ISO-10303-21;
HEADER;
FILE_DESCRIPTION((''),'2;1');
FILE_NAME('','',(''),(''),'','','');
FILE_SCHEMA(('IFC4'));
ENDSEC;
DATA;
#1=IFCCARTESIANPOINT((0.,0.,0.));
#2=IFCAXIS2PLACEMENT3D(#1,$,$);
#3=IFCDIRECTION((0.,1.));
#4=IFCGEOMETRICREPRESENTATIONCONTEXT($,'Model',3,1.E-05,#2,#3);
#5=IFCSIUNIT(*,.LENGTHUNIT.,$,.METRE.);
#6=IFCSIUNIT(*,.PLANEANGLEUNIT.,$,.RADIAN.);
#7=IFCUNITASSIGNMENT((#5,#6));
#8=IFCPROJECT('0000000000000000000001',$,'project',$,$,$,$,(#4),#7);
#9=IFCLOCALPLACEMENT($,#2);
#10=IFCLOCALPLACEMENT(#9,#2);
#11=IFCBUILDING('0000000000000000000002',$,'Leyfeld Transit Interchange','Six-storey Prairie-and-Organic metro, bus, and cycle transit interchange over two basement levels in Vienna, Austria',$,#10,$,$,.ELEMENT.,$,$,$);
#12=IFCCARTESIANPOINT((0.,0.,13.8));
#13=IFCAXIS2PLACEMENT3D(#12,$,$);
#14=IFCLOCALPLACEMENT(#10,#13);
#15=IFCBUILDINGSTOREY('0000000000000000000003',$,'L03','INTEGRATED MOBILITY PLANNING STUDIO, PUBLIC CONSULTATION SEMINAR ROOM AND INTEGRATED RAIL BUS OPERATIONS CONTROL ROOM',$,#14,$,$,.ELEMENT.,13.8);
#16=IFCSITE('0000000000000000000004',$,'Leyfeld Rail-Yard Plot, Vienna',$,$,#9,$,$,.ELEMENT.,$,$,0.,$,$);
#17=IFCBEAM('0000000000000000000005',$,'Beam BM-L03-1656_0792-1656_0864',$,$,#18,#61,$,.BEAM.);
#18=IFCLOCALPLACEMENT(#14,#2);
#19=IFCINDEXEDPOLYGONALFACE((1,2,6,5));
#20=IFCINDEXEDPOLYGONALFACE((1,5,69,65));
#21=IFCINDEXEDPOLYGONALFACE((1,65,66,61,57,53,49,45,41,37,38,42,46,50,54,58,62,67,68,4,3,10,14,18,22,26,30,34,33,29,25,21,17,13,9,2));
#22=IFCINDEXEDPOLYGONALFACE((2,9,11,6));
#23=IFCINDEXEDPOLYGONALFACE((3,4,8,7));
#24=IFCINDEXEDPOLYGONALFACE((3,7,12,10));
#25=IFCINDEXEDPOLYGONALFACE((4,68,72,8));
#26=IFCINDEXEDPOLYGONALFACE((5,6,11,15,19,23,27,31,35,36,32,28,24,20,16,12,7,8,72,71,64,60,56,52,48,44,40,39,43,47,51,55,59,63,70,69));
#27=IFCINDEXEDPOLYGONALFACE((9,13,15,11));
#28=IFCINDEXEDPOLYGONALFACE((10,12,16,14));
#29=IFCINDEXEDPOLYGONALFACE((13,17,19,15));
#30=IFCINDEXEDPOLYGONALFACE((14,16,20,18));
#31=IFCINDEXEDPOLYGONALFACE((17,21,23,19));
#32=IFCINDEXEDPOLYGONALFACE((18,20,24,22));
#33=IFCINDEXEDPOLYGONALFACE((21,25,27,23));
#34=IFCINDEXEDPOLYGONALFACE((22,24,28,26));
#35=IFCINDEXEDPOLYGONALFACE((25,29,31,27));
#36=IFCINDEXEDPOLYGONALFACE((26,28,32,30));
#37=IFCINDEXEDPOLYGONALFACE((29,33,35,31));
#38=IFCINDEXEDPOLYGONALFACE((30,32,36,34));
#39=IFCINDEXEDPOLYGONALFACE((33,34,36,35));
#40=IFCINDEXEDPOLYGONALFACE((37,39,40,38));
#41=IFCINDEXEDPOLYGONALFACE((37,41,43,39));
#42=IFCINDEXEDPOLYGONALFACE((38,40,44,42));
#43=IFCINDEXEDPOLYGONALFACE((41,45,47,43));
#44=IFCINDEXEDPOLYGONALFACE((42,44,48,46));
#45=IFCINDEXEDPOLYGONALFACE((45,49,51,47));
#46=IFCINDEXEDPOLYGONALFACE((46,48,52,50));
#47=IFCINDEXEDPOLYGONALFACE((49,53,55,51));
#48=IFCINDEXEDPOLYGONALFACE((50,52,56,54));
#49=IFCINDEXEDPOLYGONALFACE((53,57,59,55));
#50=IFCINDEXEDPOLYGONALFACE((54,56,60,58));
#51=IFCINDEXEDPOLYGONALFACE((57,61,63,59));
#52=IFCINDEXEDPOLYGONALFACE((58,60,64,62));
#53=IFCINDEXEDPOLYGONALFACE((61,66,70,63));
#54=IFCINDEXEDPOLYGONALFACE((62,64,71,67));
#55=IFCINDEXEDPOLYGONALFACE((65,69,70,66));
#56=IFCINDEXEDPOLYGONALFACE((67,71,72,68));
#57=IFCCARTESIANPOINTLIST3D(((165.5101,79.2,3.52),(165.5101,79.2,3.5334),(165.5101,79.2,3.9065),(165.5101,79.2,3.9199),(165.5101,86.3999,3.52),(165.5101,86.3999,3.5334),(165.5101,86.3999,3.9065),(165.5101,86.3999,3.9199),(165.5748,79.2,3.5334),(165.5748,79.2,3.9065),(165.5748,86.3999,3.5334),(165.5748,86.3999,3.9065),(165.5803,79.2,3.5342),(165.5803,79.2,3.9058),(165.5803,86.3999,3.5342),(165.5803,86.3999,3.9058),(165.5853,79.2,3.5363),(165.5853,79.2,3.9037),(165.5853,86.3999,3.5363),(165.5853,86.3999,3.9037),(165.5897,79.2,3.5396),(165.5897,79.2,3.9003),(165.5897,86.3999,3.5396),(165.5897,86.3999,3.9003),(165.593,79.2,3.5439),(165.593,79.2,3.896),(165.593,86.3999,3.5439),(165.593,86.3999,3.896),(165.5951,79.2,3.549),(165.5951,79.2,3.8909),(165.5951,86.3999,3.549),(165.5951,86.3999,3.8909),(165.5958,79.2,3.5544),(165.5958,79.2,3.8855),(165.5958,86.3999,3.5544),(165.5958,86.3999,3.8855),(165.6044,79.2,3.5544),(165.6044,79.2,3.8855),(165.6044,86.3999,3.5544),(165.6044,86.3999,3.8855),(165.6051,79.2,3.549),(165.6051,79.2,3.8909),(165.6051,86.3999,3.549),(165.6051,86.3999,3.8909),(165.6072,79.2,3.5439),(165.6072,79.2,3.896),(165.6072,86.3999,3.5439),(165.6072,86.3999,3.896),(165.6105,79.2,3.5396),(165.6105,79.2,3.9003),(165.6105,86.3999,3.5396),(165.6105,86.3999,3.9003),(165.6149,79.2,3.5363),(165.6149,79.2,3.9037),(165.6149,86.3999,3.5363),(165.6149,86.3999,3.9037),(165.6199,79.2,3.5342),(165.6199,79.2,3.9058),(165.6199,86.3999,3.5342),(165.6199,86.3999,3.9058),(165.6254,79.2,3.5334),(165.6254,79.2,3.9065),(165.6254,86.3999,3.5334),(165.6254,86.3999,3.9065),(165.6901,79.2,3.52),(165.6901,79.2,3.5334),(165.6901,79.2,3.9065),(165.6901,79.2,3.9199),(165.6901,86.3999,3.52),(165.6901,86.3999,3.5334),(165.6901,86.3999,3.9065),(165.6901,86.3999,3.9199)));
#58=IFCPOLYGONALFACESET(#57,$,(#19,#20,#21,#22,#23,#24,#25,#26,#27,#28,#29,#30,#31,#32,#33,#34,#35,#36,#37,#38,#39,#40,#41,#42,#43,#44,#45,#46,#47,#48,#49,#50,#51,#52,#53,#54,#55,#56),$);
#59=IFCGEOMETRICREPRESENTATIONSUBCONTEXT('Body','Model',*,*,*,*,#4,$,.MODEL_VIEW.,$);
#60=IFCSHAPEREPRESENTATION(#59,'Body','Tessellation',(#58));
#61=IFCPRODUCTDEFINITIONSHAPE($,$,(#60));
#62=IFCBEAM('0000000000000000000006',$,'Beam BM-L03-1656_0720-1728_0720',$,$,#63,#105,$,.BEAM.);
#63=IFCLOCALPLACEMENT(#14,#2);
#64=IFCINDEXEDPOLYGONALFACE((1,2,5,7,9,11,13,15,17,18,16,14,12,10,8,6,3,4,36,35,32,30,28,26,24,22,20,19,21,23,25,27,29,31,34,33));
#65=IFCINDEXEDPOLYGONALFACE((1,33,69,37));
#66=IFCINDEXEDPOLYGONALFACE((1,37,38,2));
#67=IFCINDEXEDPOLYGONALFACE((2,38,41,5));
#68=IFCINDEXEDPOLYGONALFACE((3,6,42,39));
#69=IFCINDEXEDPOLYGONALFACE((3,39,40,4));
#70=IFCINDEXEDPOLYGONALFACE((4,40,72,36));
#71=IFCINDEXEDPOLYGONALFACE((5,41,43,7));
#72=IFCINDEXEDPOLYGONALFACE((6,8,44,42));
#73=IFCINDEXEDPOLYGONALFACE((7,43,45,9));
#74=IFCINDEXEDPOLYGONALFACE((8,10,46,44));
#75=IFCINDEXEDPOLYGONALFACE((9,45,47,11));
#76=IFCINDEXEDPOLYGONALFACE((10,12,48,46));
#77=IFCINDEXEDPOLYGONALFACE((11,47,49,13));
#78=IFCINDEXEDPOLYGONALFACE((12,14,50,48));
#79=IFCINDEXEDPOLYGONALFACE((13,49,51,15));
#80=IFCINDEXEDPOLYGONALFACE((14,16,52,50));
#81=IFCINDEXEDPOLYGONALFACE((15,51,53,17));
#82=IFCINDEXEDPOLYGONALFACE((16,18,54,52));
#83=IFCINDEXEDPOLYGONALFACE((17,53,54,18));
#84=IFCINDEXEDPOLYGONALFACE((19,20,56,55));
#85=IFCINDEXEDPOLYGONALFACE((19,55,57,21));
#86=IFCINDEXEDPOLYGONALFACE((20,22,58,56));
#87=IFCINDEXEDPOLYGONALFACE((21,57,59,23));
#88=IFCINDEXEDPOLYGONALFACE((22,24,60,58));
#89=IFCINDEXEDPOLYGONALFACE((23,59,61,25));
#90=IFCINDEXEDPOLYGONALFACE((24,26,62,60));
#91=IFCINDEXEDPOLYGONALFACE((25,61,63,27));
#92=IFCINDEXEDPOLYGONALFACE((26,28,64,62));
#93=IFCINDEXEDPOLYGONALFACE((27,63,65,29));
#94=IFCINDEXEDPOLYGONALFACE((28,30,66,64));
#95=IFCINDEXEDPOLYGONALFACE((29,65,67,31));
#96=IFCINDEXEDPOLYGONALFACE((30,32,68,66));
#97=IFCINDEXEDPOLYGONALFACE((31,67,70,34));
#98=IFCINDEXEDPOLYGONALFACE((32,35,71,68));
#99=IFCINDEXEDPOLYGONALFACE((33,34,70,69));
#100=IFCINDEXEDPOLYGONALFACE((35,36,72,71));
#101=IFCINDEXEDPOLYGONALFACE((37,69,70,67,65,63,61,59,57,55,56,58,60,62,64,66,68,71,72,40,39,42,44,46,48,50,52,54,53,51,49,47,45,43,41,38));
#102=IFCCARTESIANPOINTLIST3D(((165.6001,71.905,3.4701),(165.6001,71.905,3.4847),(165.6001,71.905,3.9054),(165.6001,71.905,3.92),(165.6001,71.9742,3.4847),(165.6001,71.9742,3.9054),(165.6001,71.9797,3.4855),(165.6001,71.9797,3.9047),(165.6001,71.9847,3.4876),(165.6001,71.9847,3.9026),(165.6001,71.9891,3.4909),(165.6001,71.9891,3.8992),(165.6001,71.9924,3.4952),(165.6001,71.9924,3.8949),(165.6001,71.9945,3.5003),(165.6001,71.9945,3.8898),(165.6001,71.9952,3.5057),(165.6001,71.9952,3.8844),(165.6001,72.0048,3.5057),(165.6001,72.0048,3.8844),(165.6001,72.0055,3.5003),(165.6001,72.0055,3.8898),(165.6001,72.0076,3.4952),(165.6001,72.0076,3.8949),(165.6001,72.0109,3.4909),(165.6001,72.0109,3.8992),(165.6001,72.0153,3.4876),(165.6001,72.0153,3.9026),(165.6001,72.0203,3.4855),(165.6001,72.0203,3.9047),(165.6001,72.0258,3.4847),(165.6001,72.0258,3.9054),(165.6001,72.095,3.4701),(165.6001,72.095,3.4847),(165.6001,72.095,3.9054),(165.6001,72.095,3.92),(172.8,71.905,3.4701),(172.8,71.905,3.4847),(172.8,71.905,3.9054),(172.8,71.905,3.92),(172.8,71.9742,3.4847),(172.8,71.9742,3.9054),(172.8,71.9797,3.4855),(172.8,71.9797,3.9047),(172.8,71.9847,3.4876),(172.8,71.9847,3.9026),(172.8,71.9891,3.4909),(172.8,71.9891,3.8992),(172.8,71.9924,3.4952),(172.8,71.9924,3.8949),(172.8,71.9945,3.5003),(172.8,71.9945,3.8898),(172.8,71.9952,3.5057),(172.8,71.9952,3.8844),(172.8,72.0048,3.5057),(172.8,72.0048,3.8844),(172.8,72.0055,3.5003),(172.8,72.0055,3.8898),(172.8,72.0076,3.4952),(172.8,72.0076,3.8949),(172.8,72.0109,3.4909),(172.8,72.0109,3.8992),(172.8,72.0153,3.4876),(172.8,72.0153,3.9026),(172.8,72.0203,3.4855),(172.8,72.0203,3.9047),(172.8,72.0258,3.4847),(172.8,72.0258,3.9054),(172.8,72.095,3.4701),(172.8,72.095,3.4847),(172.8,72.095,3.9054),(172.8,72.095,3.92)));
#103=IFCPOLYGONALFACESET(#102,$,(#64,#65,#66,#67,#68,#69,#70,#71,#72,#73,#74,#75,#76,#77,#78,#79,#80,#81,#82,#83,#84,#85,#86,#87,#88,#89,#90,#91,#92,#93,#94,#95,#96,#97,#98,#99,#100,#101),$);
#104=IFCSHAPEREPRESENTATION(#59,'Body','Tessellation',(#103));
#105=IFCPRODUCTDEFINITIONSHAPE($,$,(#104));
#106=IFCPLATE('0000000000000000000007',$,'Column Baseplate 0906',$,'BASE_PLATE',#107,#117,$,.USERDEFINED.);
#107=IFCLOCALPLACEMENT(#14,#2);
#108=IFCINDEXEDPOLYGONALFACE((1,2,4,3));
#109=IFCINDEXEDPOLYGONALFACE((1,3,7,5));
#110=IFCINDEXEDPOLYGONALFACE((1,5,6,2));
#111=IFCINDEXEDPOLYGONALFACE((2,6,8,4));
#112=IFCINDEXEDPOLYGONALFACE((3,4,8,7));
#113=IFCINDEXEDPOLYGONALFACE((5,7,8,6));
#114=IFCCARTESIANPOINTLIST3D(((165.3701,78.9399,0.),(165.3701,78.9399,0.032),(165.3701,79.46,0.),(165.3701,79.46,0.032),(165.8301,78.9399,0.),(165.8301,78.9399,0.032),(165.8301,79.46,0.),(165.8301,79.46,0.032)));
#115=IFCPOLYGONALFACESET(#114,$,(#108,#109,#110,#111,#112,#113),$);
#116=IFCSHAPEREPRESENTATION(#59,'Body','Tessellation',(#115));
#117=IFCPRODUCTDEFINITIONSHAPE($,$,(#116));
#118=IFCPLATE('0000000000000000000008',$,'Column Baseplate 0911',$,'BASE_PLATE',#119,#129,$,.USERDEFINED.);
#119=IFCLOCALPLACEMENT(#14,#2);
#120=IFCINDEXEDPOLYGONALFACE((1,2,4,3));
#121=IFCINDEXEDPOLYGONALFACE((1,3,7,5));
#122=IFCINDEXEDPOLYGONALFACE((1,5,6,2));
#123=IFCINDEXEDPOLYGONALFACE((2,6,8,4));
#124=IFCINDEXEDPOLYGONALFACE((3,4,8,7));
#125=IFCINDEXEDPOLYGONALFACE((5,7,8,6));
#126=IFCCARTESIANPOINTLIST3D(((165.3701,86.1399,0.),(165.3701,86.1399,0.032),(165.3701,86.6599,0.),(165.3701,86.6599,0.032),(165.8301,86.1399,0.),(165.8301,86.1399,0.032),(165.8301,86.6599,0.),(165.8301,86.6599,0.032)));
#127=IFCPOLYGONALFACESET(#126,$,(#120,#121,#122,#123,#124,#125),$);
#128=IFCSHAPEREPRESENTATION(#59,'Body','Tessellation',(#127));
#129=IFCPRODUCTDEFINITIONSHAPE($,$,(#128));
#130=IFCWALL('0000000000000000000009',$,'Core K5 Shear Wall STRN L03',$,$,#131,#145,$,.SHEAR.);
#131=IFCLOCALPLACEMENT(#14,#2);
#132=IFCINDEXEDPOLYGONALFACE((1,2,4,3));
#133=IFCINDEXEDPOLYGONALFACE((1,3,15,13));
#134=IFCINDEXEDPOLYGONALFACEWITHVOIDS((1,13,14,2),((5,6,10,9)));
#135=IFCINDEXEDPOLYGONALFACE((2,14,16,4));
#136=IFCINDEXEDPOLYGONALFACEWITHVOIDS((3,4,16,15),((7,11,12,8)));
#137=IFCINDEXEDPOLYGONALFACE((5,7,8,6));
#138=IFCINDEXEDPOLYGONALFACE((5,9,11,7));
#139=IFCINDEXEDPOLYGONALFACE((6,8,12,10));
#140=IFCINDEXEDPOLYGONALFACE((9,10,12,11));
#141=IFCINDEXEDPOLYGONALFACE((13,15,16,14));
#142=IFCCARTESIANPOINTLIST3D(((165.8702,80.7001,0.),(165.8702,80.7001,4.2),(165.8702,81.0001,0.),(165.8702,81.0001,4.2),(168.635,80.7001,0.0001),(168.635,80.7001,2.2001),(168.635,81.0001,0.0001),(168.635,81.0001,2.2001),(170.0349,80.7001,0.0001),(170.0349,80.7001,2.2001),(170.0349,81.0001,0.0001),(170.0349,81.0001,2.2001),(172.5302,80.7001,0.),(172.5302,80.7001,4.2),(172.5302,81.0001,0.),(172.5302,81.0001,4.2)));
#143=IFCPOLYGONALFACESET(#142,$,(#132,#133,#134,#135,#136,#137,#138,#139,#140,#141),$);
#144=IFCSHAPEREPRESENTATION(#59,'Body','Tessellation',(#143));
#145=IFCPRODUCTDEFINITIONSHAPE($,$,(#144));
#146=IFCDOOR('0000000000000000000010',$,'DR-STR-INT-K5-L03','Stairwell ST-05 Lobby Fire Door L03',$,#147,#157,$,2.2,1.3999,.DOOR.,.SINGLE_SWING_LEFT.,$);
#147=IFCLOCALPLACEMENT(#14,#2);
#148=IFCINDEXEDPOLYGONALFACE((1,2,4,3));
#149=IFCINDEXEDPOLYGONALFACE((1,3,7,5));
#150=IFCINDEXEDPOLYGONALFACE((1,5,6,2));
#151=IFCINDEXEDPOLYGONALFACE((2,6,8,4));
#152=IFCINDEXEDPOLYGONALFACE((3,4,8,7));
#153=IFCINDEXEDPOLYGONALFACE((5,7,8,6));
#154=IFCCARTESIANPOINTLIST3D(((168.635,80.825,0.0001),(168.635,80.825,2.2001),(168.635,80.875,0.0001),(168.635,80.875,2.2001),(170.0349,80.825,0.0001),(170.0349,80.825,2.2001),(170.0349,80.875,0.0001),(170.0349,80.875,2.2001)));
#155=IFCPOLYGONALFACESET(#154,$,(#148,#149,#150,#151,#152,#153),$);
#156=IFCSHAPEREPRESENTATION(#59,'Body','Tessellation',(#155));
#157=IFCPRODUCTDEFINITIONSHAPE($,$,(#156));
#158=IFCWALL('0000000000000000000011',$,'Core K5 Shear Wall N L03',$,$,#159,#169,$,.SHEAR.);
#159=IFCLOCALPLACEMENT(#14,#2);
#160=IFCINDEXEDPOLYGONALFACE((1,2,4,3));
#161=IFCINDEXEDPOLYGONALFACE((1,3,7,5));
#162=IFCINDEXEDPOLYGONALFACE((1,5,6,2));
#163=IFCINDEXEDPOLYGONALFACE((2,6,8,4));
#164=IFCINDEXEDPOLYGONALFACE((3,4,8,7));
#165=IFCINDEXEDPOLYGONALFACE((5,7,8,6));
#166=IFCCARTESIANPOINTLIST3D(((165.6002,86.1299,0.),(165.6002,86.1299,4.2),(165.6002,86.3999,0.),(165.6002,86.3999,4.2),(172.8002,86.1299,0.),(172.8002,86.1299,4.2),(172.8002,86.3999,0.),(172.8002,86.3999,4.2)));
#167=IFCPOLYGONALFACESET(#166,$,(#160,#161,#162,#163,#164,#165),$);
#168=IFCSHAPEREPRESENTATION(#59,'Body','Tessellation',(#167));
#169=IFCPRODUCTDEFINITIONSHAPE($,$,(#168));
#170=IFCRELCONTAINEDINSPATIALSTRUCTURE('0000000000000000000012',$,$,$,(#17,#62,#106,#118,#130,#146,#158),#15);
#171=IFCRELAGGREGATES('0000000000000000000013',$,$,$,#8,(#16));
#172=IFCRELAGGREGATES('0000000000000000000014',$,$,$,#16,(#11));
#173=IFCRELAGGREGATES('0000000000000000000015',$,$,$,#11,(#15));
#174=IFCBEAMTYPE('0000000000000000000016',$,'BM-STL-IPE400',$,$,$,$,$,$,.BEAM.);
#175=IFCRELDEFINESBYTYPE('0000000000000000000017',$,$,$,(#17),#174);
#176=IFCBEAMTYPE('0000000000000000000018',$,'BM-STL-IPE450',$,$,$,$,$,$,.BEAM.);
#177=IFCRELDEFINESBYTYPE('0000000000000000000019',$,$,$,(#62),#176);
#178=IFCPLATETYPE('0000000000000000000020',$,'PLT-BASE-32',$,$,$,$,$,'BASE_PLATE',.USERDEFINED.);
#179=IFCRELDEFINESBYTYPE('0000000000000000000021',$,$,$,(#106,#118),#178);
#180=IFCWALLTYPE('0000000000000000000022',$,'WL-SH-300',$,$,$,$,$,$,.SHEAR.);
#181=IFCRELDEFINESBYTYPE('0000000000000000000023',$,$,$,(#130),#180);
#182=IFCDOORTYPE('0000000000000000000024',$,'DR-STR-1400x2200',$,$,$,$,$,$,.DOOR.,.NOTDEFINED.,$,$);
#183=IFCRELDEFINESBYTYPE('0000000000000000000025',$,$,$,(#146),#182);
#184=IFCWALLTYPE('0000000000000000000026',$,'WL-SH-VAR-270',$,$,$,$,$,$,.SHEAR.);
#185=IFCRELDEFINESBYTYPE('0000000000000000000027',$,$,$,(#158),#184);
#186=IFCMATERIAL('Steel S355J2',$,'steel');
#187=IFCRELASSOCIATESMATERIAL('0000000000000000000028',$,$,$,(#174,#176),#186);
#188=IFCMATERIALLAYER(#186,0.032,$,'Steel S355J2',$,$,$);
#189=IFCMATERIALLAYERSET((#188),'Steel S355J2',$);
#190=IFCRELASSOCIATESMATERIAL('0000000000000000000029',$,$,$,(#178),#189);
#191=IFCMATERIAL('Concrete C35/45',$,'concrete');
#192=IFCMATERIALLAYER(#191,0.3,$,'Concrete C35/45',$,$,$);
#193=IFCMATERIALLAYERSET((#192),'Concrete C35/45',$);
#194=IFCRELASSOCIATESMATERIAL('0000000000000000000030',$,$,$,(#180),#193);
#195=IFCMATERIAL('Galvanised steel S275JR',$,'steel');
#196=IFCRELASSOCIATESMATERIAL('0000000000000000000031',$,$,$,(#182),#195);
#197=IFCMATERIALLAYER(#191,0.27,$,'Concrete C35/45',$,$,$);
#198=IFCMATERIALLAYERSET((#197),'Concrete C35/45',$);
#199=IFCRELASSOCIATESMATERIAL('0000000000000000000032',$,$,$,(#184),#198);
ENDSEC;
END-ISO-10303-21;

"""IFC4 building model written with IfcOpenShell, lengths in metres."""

from ifc_helpers import new_model, si_unit, direction, frame, frame_2d, origin, origin_2d, place, context, subcontext, project, spatial, rectangle, i_section, extrude, material, layer, layer_set, material_profile, profile_set, type_object, element, fill, save


model = new_model("IFC4")

# Units and contexts
model_context = context("Model", 3, precision=1e-05, world=origin(), true_north=direction((0.0, 1.0)))
body_context = subcontext(model_context, "Body", "Model", "MODEL_VIEW")
ifc_project = project(units=[si_unit("LENGTHUNIT", "METRE"), si_unit("PLANEANGLEUNIT", "RADIAN")], contexts=[model_context])

# Site, building, storey
site_placement = place(None, origin())
site = spatial("IfcSite", under=ifc_project, at=site_placement, Name="Leyfeld Rail-Yard Plot, Vienna", CompositionType="ELEMENT", RefElevation=0.0)
building_placement = place(site_placement, origin())
building = spatial("IfcBuilding", under=site, at=building_placement, Name="Leyfeld Transit Interchange", Description="Six-storey Prairie-and-Organic metro, bus, and cycle transit interchange over two basement levels in Vienna, Austria", CompositionType="ELEMENT")
storey_placement = place(building_placement, frame((0.0, 0.0, 13.8)))
storey = spatial("IfcBuildingStorey", under=building, at=storey_placement, Name="L03", Description="INTEGRATED MOBILITY PLANNING STUDIO, PUBLIC CONSULTATION SEMINAR ROOM AND INTEGRATED RAIL BUS OPERATIONS CONTROL ROOM", CompositionType="ELEMENT", Elevation=13.8)

# Shared definitions
ifc_material_1 = material(Name="Steel S355J2", Category="steel")

# Beams
ifc_material_2 = material(Name="Concrete C35/45", Category="concrete")
ifc_material_profile_1 = material_profile(ifc_material_1, i_section(OverallWidth=0.1799, OverallDepth=0.3999, WebThickness=0.0085, FlangeThickness=0.0134, FilletRadius=0.021, at=origin_2d()), Name="IPE 400")
ifc_profile_set_1 = profile_set([ifc_material_profile_1], Name="Steel S355J2")
beam_type_1 = type_object("IfcBeamType", Name="BM-STL-IPE400", PredefinedType="BEAM", material=ifc_profile_set_1)
beam_1_placement = place(storey_placement, frame((165.6001, 79.2, 3.72), z_axis=(0.0, 1.0, 0.0), x_axis=(-1.0, 0.0, 0.0)))
element("IfcBeam", 1, at=beam_1_placement, inside=storey, type_object=beam_type_1, Name="Beam BM-L03-1656_0792-1656_0864", PredefinedType="BEAM", context=body_context, shape_type="SweptSolid", body=[
    extrude(i_section(OverallWidth=0.1799, OverallDepth=0.3999, WebThickness=0.0085, FlangeThickness=0.0134, FilletRadius=0.021, at=origin_2d()), origin(), (0.0, 0.0, 1.0), 7.2),
])
ifc_material_profile_2 = material_profile(ifc_material_1, i_section(OverallWidth=0.1899, OverallDepth=0.45, WebThickness=0.0095, FlangeThickness=0.0146, FilletRadius=0.021, at=origin_2d()), Name="IPE 450")
ifc_profile_set_2 = profile_set([ifc_material_profile_2], Name="Steel S355J2")
beam_type_2 = type_object("IfcBeamType", Name="BM-STL-IPE450", PredefinedType="BEAM", material=ifc_profile_set_2)
beam_2_placement = place(storey_placement, frame((165.6001, 72.0, 3.6951), z_axis=(1.0, 0.0, 0.0), x_axis=(0.0, 1.0, 0.0)))
element("IfcBeam", 2, at=beam_2_placement, inside=storey, type_object=beam_type_2, Name="Beam BM-L03-1656_0720-1728_0720", PredefinedType="BEAM", context=body_context, shape_type="SweptSolid", body=[
    extrude(i_section(OverallWidth=0.1899, OverallDepth=0.45, WebThickness=0.0095, FlangeThickness=0.0146, FilletRadius=0.021, at=origin_2d()), origin(), (0.0, 0.0, 1.0), 7.2),
])

# Plates
ifc_layer_1 = layer(ifc_material_1, 0.032, Name="Steel S355J2")
ifc_layer_set_1 = layer_set([ifc_layer_1], Name="Steel S355J2")
plate_type = type_object("IfcPlateType", Name="PLT-BASE-32", ElementType="BASE_PLATE", PredefinedType="USERDEFINED", material=ifc_layer_set_1)
for number, where, z_axis, x_axis, name in (
    (3, (165.6001, 79.2, 0.0), (0.0, 0.0, 1.0), (1.0, 0.0, 0.0), "Column Baseplate 0906"),
    (4, (165.6001, 86.3999, 0.0), (0.0, 0.0, 1.0), (1.0, 0.0, 0.0), "Column Baseplate 0911"),
):
    element("IfcPlate", number, at=place(storey_placement, frame(where, z_axis=z_axis, x_axis=x_axis)), inside=storey, type_object=plate_type, Name=name, ObjectType="BASE_PLATE", PredefinedType="USERDEFINED", context=body_context, shape_type="SweptSolid", body=[
        extrude(rectangle(XDim=0.46, YDim=0.52, at=origin_2d()), origin(), (0.0, 0.0, 1.0), 0.032),
    ])

# Wall, opening, door
ifc_layer_2 = layer(ifc_material_2, 0.3, Name="Concrete C35/45")
ifc_layer_set_2 = layer_set([ifc_layer_2], Name="Concrete C35/45")
wall_type_1 = type_object("IfcWallType", Name="WL-SH-300", PredefinedType="SHEAR", material=ifc_layer_set_2)
wall_1_placement = place(storey_placement, frame((165.8701, 80.8501, 0.0), z_axis=(0.0, 0.0, 1.0), x_axis=(1.0, 0.0, 0.0)))
wall_1 = element("IfcWall", 5, at=wall_1_placement, inside=storey, type_object=wall_type_1, Name="Core K5 Shear Wall STRN L03", PredefinedType="SHEAR", context=body_context, shape_type="SweptSolid", body=[
    extrude(rectangle(XDim=6.6599, YDim=0.3, at=frame_2d((3.3301, 0.0))), origin(), (0.0, 0.0, 1.0), 4.2),
])
opening_1_placement = place(wall_1_placement, frame((2.7649, 0.0, 0.0)))
opening_1 = element("IfcOpeningElement", 6, at=opening_1_placement, cuts=wall_1, PredefinedType="OPENING", context=body_context, shape_type="SweptSolid", body=[
    extrude(rectangle(XDim=1.3999, YDim=2.2, at=frame_2d((0.7, 1.1001))), frame((0.0, 0.1599, 0.0), z_axis=(0.0, -1.0, 0.0), x_axis=(1.0, 0.0, 0.0)), (0.0, 0.0, 1.0), 0.3201),
])
ifc_material_3 = material(Name="Galvanised steel S275JR", Category="steel")
door_type_1 = type_object("IfcDoorType", Name="DR-STR-1400x2200", OperationType="NOTDEFINED", PredefinedType="DOOR", material=ifc_material_3)
door_1_placement = place(opening_1_placement, origin())
door_1 = element("IfcDoor", 7, at=door_1_placement, inside=storey, type_object=door_type_1, Name="DR-STR-INT-K5-L03", Description="Stairwell ST-05 Lobby Fire Door L03", OperationType="SINGLE_SWING_LEFT", OverallHeight=2.2, OverallWidth=1.3999, PredefinedType="DOOR", context=body_context, shape_type="SweptSolid", body=[
    extrude(rectangle(XDim=1.3999, YDim=2.2, at=frame_2d((0.7, 1.1001))), frame((0.0, 0.0249, 0.0), z_axis=(0.0, -1.0, 0.0), x_axis=(1.0, 0.0, 0.0)), (0.0, 0.0, 1.0), 0.05),
])
fill(opening_1, door_1)

# Wall
ifc_layer_3 = layer(ifc_material_2, 0.27, Name="Concrete C35/45")
ifc_layer_set_3 = layer_set([ifc_layer_3], Name="Concrete C35/45")
wall_type_2 = type_object("IfcWallType", Name="WL-SH-VAR-270", PredefinedType="SHEAR", material=ifc_layer_set_3)
wall_2_placement = place(storey_placement, frame((165.6001, 86.2649, 0.0), z_axis=(0.0, 0.0, 1.0), x_axis=(1.0, 0.0, 0.0)))
element("IfcWall", 8, at=wall_2_placement, inside=storey, type_object=wall_type_2, Name="Core K5 Shear Wall N L03", PredefinedType="SHEAR", context=body_context, shape_type="SweptSolid", body=[
    extrude(rectangle(XDim=7.2, YDim=0.27, at=frame_2d((3.6001, 0.0))), origin(), (0.0, 0.0, 1.0), 4.2),
])

save(model, "model.ifc")
